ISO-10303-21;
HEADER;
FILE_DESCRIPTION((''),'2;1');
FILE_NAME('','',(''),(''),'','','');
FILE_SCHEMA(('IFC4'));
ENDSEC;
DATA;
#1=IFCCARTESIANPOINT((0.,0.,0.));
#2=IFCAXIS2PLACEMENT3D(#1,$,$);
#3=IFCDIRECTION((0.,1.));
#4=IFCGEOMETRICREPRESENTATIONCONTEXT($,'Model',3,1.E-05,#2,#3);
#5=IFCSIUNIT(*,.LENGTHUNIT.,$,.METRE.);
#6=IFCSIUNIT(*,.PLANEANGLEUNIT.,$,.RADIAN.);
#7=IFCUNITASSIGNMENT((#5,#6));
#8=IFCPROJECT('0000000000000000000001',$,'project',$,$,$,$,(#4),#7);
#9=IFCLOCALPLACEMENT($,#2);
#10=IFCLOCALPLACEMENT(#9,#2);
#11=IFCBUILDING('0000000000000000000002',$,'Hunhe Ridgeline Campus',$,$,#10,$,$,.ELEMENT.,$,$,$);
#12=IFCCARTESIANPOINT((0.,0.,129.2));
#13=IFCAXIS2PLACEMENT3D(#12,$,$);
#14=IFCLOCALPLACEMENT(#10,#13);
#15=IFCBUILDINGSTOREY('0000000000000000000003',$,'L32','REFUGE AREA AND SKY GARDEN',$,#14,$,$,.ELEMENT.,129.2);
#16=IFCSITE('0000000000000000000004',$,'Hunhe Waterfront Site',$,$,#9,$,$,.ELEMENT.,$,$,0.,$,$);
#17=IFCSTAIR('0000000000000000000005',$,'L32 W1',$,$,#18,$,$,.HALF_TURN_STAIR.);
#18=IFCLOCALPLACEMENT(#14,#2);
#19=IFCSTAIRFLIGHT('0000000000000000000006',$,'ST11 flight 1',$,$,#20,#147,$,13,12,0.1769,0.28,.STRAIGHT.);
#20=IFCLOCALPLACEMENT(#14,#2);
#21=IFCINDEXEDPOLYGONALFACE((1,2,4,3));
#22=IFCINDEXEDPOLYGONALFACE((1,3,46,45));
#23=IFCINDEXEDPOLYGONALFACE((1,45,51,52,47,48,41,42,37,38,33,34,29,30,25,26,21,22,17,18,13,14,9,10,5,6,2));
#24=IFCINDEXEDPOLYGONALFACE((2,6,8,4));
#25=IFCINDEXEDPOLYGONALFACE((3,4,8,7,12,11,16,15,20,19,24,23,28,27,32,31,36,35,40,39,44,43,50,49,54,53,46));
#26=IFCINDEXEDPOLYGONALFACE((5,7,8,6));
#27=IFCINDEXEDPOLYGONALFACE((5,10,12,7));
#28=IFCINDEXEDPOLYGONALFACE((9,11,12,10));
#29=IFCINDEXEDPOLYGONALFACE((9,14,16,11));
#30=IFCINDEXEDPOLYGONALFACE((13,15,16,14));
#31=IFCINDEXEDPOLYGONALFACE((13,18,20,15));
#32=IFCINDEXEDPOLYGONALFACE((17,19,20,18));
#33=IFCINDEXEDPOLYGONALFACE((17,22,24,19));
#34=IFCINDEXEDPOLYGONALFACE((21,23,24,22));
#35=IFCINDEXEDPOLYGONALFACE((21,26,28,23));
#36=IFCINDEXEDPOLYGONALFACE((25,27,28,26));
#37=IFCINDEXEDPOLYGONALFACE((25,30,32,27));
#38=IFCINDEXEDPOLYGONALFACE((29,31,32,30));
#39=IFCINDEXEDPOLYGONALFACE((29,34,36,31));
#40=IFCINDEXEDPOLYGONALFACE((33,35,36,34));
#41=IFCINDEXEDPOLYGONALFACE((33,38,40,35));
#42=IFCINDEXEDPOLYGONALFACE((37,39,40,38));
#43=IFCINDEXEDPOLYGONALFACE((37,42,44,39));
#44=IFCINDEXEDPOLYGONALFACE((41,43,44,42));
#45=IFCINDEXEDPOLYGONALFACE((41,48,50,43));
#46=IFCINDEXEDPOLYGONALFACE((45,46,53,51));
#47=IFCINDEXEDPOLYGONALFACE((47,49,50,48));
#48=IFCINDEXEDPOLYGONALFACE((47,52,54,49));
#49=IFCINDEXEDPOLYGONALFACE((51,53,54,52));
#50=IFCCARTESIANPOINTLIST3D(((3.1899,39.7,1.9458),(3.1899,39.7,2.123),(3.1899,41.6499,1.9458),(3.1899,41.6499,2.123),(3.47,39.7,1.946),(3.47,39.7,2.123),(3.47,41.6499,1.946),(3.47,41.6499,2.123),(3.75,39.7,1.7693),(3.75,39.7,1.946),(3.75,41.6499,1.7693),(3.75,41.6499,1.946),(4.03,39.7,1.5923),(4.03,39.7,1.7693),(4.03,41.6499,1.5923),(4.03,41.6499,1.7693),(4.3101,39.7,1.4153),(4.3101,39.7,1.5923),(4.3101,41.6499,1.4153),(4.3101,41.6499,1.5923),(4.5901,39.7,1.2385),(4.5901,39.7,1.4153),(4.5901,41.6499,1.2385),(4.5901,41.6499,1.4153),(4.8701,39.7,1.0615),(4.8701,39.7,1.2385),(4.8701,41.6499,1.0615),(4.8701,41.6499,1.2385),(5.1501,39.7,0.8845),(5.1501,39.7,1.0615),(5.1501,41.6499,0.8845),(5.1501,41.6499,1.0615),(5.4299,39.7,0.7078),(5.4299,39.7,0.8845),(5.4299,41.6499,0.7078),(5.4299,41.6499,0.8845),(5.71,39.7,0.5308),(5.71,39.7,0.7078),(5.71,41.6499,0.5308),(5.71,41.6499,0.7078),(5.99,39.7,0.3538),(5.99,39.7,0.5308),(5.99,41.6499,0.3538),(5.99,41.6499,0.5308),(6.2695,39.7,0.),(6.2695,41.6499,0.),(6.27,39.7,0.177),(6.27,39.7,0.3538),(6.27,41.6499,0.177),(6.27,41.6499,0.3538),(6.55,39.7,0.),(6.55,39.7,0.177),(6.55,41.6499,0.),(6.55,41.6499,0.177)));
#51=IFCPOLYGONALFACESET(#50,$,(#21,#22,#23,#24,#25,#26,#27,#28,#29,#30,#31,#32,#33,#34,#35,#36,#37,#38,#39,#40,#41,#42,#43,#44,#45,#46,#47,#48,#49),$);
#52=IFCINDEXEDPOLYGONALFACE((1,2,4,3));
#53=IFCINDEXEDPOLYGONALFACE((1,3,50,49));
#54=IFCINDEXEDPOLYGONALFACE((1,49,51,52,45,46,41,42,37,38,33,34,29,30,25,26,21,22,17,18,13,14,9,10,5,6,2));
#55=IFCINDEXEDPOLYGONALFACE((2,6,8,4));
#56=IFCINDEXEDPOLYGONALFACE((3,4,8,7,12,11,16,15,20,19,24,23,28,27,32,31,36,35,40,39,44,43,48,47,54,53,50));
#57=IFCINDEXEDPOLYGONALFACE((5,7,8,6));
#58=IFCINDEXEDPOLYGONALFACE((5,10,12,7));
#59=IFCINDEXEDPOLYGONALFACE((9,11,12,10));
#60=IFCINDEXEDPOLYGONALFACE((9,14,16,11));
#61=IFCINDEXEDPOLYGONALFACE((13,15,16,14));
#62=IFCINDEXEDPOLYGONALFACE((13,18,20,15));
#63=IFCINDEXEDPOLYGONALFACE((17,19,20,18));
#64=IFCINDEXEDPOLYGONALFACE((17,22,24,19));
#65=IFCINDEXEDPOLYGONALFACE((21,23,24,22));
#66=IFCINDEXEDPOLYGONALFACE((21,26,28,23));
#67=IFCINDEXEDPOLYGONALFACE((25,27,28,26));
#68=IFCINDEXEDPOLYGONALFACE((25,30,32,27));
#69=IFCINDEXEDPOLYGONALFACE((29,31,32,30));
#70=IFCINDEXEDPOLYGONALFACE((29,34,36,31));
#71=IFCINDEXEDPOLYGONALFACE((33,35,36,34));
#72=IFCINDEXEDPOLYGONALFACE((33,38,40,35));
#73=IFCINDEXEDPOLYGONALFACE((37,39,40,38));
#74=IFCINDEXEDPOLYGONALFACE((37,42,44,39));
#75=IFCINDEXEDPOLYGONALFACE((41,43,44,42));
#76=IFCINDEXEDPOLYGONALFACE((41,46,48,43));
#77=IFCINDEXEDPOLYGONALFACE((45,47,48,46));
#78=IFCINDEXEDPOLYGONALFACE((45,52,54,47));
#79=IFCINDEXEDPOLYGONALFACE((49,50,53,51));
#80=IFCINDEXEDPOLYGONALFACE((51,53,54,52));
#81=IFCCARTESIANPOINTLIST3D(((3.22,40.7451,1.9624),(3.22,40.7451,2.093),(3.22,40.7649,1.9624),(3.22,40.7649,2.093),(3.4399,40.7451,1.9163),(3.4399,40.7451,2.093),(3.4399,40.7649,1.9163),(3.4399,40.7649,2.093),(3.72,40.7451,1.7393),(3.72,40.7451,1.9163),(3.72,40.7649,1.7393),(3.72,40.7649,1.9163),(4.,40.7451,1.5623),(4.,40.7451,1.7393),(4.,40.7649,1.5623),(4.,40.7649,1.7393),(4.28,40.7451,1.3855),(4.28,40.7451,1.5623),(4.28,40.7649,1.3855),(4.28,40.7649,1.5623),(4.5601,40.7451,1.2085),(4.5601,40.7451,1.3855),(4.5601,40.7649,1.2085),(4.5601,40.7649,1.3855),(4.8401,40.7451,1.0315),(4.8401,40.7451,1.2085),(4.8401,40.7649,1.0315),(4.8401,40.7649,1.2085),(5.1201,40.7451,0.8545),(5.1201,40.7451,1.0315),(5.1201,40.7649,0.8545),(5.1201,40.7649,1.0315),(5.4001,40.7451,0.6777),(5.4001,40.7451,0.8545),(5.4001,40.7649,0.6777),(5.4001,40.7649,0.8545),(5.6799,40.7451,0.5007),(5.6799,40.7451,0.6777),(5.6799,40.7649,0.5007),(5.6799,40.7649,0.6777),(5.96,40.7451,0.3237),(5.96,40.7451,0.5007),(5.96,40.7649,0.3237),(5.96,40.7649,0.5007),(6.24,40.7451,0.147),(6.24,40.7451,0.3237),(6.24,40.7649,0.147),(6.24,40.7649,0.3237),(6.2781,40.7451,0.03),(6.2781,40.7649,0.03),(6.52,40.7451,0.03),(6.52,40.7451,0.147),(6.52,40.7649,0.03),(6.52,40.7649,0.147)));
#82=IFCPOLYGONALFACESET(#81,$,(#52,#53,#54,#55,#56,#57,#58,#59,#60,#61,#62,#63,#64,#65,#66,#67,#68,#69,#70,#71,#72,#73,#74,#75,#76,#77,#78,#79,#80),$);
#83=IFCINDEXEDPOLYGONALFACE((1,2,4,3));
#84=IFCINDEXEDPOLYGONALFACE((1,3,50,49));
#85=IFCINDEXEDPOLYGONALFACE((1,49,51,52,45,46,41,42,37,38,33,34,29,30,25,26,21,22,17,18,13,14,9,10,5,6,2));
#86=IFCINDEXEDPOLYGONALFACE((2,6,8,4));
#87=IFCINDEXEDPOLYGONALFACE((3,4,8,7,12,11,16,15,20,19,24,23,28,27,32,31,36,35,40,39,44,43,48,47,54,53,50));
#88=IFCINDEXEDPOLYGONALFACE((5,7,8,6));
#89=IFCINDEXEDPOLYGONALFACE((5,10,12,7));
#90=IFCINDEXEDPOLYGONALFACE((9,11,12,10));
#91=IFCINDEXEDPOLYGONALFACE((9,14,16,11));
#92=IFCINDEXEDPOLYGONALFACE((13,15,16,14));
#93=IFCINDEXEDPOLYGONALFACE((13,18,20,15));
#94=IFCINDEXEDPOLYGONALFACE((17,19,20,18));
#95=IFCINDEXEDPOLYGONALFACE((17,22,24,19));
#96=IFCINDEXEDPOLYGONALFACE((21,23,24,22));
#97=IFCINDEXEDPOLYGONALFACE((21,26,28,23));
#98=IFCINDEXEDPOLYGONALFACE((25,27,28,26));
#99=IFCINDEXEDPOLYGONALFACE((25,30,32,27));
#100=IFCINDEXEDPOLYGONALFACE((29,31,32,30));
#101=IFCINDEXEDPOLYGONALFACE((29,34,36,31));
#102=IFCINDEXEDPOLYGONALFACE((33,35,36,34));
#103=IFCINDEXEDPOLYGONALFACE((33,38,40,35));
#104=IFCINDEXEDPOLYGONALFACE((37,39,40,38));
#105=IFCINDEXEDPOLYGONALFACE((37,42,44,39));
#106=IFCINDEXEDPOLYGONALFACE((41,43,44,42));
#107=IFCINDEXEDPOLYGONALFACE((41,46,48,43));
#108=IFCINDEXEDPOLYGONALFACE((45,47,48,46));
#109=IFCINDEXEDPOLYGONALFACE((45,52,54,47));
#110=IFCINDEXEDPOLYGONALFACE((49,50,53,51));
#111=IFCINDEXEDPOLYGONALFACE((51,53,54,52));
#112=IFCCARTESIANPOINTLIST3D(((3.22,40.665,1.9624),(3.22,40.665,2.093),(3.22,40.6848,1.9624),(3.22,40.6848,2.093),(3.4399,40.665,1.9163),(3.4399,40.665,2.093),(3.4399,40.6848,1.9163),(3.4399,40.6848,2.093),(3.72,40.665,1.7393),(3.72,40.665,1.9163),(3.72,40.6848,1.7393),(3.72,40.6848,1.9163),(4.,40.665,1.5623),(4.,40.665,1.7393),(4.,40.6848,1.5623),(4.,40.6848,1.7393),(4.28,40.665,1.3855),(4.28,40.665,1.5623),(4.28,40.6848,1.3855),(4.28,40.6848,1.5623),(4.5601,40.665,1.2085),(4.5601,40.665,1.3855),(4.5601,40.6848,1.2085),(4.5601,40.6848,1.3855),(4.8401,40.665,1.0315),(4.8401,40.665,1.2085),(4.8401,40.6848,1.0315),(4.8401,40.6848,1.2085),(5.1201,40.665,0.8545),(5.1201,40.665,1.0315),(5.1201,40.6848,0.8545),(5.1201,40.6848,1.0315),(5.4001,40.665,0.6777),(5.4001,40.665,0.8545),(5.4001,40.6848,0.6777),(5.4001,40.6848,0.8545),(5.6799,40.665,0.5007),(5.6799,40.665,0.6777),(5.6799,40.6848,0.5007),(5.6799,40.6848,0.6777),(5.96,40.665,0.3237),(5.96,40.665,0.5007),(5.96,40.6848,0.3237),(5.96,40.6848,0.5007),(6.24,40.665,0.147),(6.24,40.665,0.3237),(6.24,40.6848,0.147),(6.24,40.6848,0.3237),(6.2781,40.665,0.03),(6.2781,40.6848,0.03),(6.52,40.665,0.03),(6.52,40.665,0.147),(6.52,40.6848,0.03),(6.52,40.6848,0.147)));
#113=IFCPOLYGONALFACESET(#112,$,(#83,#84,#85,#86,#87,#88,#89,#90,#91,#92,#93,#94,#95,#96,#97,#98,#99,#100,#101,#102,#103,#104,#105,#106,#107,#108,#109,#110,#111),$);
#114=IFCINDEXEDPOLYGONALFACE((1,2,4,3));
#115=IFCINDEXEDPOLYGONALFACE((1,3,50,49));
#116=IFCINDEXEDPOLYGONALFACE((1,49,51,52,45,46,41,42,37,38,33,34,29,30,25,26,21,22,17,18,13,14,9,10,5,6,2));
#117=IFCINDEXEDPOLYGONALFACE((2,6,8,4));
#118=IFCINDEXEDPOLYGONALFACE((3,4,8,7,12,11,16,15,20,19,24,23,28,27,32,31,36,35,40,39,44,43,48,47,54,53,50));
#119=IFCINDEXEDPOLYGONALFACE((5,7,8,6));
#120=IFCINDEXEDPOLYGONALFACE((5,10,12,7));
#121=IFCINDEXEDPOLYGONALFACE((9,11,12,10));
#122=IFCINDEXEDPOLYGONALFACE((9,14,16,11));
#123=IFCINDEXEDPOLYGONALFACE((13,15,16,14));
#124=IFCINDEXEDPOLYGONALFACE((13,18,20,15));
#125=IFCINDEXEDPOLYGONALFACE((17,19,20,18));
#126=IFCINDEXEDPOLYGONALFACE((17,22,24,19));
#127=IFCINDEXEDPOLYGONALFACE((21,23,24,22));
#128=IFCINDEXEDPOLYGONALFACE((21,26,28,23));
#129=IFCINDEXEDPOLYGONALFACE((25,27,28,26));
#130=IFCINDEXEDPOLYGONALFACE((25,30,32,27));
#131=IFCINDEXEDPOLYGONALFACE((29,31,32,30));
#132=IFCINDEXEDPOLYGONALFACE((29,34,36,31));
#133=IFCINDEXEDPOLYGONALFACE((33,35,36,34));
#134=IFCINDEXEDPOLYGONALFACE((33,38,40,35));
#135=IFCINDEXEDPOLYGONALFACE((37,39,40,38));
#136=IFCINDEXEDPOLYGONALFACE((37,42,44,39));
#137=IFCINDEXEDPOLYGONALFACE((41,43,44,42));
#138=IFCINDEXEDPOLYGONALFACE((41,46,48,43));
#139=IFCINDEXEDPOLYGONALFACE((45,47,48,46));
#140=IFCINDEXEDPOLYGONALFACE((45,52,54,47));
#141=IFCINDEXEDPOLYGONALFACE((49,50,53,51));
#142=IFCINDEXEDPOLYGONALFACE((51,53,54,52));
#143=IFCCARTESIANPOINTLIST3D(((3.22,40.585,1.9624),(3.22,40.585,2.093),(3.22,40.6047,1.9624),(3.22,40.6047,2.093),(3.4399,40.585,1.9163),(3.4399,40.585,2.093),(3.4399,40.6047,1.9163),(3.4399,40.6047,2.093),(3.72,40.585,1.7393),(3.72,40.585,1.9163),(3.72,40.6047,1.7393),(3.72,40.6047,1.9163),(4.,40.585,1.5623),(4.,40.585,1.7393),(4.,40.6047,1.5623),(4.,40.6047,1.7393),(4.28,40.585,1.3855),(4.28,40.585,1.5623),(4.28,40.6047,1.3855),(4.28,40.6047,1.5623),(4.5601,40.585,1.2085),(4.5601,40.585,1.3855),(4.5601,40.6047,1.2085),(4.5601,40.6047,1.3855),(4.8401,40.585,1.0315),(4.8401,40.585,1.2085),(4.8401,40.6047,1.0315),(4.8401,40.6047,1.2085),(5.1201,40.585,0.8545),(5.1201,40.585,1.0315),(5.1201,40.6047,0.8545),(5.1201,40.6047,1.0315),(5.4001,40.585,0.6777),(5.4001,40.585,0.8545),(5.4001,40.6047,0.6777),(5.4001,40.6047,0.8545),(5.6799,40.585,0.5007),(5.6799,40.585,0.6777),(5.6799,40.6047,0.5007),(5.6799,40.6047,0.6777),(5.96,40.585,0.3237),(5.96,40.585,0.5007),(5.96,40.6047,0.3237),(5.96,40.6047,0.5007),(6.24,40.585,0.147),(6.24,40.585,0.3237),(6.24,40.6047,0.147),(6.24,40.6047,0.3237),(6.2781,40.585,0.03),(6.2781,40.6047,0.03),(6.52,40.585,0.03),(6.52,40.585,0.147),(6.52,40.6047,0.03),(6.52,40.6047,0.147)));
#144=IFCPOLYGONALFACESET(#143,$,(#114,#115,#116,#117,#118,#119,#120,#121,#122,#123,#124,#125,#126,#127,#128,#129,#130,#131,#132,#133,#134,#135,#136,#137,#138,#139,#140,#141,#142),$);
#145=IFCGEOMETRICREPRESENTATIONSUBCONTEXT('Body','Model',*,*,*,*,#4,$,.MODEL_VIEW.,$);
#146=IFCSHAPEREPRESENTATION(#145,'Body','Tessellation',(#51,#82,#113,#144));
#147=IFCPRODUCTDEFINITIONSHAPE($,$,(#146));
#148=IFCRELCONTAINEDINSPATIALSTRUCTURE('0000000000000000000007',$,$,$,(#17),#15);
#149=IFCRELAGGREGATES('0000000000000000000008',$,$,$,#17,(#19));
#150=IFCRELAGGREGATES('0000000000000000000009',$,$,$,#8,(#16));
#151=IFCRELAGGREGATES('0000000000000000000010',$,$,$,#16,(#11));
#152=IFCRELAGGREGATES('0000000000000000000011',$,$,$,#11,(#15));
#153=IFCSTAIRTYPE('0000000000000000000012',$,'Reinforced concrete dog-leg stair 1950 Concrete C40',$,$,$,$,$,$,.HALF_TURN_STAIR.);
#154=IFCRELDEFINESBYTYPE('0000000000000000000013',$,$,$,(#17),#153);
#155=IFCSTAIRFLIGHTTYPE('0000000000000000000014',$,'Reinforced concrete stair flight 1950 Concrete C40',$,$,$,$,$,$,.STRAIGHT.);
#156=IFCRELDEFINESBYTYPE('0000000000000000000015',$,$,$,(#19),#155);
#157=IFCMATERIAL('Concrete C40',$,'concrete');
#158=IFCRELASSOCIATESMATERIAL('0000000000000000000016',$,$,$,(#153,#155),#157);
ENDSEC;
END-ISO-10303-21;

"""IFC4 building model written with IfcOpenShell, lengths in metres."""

from ifc_helpers import new_model, si_unit, direction, frame, origin, place, context, subcontext, project, spatial, polyline, outline, extrude, material, type_object, element, aggregate, save


model = new_model("IFC4")

# Units and contexts
model_context = context("Model", 3, precision=1e-05, world=origin(), true_north=direction((0.0, 1.0)))
body_context = subcontext(model_context, "Body", "Model", "MODEL_VIEW")
ifc_project = project(units=[si_unit("LENGTHUNIT", "METRE"), si_unit("PLANEANGLEUNIT", "RADIAN")], contexts=[model_context])

# Site, building, storey
site_placement = place(None, origin())
site = spatial("IfcSite", under=ifc_project, at=site_placement, Name="Hunhe Waterfront Site", CompositionType="ELEMENT", RefElevation=0.0)
building_placement = place(site_placement, origin())
building = spatial("IfcBuilding", under=site, at=building_placement, Name="Hunhe Ridgeline Campus", CompositionType="ELEMENT")
storey_placement = place(building_placement, frame((0.0, 0.0, 129.2)))
storey = spatial("IfcBuildingStorey", under=building, at=storey_placement, Name="L32", Description="REFUGE AREA AND SKY GARDEN", CompositionType="ELEMENT", Elevation=129.2)

# Stair, stair flight
ifc_material_1 = material(Name="Concrete C40", Category="concrete")
stair_type = type_object("IfcStairType", Name="Reinforced concrete dog-leg stair 1950 Concrete C40", PredefinedType="HALF_TURN_STAIR", material=ifc_material_1)
stair_placement = place(storey_placement, origin())
stair = element("IfcStair", 1, at=stair_placement, inside=storey, type_object=stair_type, Name="L32 W1", PredefinedType="HALF_TURN_STAIR")
stair_flight_type = type_object("IfcStairFlightType", Name="Reinforced concrete stair flight 1950 Concrete C40", PredefinedType="STRAIGHT", material=ifc_material_1)
stair_flight_1_placement = place(storey_placement, frame((6.55, 40.675, 0.0), z_axis=(0.0, 0.0, 1.0), x_axis=(-1.0, 0.0, 0.0)))
stair_flight_1 = element("IfcStairFlight", 2, at=stair_flight_1_placement, type_object=stair_flight_type, Name="ST11 flight 1", NumberOfRisers=13, NumberOfTreads=12, PredefinedType="STRAIGHT", RiserHeight=0.1769, TreadLength=0.28, context=body_context, shape_type="SweptSolid", body=[
    extrude(outline(polyline([(0.0, 0.0), (0.0, 0.177), (0.28, 0.177), (0.28, 0.3538), (0.5601, 0.3538), (0.5601, 0.5308), (0.8401, 0.5308), (0.8401, 0.7078), (1.1201, 0.7078), (1.1201, 0.8845), (1.3999, 0.8845), (1.3999, 1.0615), (1.6799, 1.0615), (1.6799, 1.2385), (1.96, 1.2385), (1.96, 1.4153), (2.24, 1.4153), (2.24, 1.5923), (2.52, 1.5923), (2.52, 1.7693), (2.8, 1.7693), (2.8, 1.946), (3.0801, 1.946), (3.0801, 2.123), (3.3601, 2.123), (3.3601, 2.3), (3.3601, 1.9458), (0.2805, 0.0), (0.0, 0.0)])), frame((0.0, 0.9751, 0.0), z_axis=(0.0, -1.0, 0.0), x_axis=(1.0, 0.0, 0.0)), (0.0, 0.0, 1.0), 1.95),
    extrude(outline(polyline([(0.03, 0.03), (0.03, 0.147), (0.3101, 0.147), (0.3101, 0.3237), (0.5901, 0.3237), (0.5901, 0.5007), (0.8701, 0.5007), (0.8701, 0.6777), (1.1499, 0.6777), (1.1499, 0.8545), (1.4299, 0.8545), (1.4299, 1.0315), (1.71, 1.0315), (1.71, 1.2085), (1.99, 1.2085), (1.99, 1.3855), (2.27, 1.3855), (2.27, 1.5623), (2.55, 1.5623), (2.55, 1.7393), (2.8301, 1.7393), (2.8301, 1.9163), (3.1101, 1.9163), (3.1101, 2.093), (3.3301, 2.093), (3.3301, 1.9624), (0.272, 0.03), (0.03, 0.03)])), frame((0.0, -0.0701, 0.0), z_axis=(0.0, -1.0, 0.0), x_axis=(1.0, 0.0, 0.0)), (0.0, 0.0, 1.0), 0.0198),
    extrude(outline(polyline([(0.03, 0.03), (0.03, 0.147), (0.3101, 0.147), (0.3101, 0.3237), (0.5901, 0.3237), (0.5901, 0.5007), (0.8701, 0.5007), (0.8701, 0.6777), (1.1499, 0.6777), (1.1499, 0.8545), (1.4299, 0.8545), (1.4299, 1.0315), (1.71, 1.0315), (1.71, 1.2085), (1.99, 1.2085), (1.99, 1.3855), (2.27, 1.3855), (2.27, 1.5623), (2.55, 1.5623), (2.55, 1.7393), (2.8301, 1.7393), (2.8301, 1.9163), (3.1101, 1.9163), (3.1101, 2.093), (3.3301, 2.093), (3.3301, 1.9624), (0.272, 0.03), (0.03, 0.03)])), frame((0.0, 0.01, 0.0), z_axis=(0.0, -1.0, 0.0), x_axis=(1.0, 0.0, 0.0)), (0.0, 0.0, 1.0), 0.0198),
    extrude(outline(polyline([(0.03, 0.03), (0.03, 0.147), (0.3101, 0.147), (0.3101, 0.3237), (0.5901, 0.3237), (0.5901, 0.5007), (0.8701, 0.5007), (0.8701, 0.6777), (1.1499, 0.6777), (1.1499, 0.8545), (1.4299, 0.8545), (1.4299, 1.0315), (1.71, 1.0315), (1.71, 1.2085), (1.99, 1.2085), (1.99, 1.3855), (2.27, 1.3855), (2.27, 1.5623), (2.55, 1.5623), (2.55, 1.7393), (2.8301, 1.7393), (2.8301, 1.9163), (3.1101, 1.9163), (3.1101, 2.093), (3.3301, 2.093), (3.3301, 1.9624), (0.272, 0.03), (0.03, 0.03)])), frame((0.0, 0.0901, 0.0), z_axis=(0.0, -1.0, 0.0), x_axis=(1.0, 0.0, 0.0)), (0.0, 0.0, 1.0), 0.0198),
])
aggregate(stair, [stair_flight_1])

save(model, "model.ifc")
